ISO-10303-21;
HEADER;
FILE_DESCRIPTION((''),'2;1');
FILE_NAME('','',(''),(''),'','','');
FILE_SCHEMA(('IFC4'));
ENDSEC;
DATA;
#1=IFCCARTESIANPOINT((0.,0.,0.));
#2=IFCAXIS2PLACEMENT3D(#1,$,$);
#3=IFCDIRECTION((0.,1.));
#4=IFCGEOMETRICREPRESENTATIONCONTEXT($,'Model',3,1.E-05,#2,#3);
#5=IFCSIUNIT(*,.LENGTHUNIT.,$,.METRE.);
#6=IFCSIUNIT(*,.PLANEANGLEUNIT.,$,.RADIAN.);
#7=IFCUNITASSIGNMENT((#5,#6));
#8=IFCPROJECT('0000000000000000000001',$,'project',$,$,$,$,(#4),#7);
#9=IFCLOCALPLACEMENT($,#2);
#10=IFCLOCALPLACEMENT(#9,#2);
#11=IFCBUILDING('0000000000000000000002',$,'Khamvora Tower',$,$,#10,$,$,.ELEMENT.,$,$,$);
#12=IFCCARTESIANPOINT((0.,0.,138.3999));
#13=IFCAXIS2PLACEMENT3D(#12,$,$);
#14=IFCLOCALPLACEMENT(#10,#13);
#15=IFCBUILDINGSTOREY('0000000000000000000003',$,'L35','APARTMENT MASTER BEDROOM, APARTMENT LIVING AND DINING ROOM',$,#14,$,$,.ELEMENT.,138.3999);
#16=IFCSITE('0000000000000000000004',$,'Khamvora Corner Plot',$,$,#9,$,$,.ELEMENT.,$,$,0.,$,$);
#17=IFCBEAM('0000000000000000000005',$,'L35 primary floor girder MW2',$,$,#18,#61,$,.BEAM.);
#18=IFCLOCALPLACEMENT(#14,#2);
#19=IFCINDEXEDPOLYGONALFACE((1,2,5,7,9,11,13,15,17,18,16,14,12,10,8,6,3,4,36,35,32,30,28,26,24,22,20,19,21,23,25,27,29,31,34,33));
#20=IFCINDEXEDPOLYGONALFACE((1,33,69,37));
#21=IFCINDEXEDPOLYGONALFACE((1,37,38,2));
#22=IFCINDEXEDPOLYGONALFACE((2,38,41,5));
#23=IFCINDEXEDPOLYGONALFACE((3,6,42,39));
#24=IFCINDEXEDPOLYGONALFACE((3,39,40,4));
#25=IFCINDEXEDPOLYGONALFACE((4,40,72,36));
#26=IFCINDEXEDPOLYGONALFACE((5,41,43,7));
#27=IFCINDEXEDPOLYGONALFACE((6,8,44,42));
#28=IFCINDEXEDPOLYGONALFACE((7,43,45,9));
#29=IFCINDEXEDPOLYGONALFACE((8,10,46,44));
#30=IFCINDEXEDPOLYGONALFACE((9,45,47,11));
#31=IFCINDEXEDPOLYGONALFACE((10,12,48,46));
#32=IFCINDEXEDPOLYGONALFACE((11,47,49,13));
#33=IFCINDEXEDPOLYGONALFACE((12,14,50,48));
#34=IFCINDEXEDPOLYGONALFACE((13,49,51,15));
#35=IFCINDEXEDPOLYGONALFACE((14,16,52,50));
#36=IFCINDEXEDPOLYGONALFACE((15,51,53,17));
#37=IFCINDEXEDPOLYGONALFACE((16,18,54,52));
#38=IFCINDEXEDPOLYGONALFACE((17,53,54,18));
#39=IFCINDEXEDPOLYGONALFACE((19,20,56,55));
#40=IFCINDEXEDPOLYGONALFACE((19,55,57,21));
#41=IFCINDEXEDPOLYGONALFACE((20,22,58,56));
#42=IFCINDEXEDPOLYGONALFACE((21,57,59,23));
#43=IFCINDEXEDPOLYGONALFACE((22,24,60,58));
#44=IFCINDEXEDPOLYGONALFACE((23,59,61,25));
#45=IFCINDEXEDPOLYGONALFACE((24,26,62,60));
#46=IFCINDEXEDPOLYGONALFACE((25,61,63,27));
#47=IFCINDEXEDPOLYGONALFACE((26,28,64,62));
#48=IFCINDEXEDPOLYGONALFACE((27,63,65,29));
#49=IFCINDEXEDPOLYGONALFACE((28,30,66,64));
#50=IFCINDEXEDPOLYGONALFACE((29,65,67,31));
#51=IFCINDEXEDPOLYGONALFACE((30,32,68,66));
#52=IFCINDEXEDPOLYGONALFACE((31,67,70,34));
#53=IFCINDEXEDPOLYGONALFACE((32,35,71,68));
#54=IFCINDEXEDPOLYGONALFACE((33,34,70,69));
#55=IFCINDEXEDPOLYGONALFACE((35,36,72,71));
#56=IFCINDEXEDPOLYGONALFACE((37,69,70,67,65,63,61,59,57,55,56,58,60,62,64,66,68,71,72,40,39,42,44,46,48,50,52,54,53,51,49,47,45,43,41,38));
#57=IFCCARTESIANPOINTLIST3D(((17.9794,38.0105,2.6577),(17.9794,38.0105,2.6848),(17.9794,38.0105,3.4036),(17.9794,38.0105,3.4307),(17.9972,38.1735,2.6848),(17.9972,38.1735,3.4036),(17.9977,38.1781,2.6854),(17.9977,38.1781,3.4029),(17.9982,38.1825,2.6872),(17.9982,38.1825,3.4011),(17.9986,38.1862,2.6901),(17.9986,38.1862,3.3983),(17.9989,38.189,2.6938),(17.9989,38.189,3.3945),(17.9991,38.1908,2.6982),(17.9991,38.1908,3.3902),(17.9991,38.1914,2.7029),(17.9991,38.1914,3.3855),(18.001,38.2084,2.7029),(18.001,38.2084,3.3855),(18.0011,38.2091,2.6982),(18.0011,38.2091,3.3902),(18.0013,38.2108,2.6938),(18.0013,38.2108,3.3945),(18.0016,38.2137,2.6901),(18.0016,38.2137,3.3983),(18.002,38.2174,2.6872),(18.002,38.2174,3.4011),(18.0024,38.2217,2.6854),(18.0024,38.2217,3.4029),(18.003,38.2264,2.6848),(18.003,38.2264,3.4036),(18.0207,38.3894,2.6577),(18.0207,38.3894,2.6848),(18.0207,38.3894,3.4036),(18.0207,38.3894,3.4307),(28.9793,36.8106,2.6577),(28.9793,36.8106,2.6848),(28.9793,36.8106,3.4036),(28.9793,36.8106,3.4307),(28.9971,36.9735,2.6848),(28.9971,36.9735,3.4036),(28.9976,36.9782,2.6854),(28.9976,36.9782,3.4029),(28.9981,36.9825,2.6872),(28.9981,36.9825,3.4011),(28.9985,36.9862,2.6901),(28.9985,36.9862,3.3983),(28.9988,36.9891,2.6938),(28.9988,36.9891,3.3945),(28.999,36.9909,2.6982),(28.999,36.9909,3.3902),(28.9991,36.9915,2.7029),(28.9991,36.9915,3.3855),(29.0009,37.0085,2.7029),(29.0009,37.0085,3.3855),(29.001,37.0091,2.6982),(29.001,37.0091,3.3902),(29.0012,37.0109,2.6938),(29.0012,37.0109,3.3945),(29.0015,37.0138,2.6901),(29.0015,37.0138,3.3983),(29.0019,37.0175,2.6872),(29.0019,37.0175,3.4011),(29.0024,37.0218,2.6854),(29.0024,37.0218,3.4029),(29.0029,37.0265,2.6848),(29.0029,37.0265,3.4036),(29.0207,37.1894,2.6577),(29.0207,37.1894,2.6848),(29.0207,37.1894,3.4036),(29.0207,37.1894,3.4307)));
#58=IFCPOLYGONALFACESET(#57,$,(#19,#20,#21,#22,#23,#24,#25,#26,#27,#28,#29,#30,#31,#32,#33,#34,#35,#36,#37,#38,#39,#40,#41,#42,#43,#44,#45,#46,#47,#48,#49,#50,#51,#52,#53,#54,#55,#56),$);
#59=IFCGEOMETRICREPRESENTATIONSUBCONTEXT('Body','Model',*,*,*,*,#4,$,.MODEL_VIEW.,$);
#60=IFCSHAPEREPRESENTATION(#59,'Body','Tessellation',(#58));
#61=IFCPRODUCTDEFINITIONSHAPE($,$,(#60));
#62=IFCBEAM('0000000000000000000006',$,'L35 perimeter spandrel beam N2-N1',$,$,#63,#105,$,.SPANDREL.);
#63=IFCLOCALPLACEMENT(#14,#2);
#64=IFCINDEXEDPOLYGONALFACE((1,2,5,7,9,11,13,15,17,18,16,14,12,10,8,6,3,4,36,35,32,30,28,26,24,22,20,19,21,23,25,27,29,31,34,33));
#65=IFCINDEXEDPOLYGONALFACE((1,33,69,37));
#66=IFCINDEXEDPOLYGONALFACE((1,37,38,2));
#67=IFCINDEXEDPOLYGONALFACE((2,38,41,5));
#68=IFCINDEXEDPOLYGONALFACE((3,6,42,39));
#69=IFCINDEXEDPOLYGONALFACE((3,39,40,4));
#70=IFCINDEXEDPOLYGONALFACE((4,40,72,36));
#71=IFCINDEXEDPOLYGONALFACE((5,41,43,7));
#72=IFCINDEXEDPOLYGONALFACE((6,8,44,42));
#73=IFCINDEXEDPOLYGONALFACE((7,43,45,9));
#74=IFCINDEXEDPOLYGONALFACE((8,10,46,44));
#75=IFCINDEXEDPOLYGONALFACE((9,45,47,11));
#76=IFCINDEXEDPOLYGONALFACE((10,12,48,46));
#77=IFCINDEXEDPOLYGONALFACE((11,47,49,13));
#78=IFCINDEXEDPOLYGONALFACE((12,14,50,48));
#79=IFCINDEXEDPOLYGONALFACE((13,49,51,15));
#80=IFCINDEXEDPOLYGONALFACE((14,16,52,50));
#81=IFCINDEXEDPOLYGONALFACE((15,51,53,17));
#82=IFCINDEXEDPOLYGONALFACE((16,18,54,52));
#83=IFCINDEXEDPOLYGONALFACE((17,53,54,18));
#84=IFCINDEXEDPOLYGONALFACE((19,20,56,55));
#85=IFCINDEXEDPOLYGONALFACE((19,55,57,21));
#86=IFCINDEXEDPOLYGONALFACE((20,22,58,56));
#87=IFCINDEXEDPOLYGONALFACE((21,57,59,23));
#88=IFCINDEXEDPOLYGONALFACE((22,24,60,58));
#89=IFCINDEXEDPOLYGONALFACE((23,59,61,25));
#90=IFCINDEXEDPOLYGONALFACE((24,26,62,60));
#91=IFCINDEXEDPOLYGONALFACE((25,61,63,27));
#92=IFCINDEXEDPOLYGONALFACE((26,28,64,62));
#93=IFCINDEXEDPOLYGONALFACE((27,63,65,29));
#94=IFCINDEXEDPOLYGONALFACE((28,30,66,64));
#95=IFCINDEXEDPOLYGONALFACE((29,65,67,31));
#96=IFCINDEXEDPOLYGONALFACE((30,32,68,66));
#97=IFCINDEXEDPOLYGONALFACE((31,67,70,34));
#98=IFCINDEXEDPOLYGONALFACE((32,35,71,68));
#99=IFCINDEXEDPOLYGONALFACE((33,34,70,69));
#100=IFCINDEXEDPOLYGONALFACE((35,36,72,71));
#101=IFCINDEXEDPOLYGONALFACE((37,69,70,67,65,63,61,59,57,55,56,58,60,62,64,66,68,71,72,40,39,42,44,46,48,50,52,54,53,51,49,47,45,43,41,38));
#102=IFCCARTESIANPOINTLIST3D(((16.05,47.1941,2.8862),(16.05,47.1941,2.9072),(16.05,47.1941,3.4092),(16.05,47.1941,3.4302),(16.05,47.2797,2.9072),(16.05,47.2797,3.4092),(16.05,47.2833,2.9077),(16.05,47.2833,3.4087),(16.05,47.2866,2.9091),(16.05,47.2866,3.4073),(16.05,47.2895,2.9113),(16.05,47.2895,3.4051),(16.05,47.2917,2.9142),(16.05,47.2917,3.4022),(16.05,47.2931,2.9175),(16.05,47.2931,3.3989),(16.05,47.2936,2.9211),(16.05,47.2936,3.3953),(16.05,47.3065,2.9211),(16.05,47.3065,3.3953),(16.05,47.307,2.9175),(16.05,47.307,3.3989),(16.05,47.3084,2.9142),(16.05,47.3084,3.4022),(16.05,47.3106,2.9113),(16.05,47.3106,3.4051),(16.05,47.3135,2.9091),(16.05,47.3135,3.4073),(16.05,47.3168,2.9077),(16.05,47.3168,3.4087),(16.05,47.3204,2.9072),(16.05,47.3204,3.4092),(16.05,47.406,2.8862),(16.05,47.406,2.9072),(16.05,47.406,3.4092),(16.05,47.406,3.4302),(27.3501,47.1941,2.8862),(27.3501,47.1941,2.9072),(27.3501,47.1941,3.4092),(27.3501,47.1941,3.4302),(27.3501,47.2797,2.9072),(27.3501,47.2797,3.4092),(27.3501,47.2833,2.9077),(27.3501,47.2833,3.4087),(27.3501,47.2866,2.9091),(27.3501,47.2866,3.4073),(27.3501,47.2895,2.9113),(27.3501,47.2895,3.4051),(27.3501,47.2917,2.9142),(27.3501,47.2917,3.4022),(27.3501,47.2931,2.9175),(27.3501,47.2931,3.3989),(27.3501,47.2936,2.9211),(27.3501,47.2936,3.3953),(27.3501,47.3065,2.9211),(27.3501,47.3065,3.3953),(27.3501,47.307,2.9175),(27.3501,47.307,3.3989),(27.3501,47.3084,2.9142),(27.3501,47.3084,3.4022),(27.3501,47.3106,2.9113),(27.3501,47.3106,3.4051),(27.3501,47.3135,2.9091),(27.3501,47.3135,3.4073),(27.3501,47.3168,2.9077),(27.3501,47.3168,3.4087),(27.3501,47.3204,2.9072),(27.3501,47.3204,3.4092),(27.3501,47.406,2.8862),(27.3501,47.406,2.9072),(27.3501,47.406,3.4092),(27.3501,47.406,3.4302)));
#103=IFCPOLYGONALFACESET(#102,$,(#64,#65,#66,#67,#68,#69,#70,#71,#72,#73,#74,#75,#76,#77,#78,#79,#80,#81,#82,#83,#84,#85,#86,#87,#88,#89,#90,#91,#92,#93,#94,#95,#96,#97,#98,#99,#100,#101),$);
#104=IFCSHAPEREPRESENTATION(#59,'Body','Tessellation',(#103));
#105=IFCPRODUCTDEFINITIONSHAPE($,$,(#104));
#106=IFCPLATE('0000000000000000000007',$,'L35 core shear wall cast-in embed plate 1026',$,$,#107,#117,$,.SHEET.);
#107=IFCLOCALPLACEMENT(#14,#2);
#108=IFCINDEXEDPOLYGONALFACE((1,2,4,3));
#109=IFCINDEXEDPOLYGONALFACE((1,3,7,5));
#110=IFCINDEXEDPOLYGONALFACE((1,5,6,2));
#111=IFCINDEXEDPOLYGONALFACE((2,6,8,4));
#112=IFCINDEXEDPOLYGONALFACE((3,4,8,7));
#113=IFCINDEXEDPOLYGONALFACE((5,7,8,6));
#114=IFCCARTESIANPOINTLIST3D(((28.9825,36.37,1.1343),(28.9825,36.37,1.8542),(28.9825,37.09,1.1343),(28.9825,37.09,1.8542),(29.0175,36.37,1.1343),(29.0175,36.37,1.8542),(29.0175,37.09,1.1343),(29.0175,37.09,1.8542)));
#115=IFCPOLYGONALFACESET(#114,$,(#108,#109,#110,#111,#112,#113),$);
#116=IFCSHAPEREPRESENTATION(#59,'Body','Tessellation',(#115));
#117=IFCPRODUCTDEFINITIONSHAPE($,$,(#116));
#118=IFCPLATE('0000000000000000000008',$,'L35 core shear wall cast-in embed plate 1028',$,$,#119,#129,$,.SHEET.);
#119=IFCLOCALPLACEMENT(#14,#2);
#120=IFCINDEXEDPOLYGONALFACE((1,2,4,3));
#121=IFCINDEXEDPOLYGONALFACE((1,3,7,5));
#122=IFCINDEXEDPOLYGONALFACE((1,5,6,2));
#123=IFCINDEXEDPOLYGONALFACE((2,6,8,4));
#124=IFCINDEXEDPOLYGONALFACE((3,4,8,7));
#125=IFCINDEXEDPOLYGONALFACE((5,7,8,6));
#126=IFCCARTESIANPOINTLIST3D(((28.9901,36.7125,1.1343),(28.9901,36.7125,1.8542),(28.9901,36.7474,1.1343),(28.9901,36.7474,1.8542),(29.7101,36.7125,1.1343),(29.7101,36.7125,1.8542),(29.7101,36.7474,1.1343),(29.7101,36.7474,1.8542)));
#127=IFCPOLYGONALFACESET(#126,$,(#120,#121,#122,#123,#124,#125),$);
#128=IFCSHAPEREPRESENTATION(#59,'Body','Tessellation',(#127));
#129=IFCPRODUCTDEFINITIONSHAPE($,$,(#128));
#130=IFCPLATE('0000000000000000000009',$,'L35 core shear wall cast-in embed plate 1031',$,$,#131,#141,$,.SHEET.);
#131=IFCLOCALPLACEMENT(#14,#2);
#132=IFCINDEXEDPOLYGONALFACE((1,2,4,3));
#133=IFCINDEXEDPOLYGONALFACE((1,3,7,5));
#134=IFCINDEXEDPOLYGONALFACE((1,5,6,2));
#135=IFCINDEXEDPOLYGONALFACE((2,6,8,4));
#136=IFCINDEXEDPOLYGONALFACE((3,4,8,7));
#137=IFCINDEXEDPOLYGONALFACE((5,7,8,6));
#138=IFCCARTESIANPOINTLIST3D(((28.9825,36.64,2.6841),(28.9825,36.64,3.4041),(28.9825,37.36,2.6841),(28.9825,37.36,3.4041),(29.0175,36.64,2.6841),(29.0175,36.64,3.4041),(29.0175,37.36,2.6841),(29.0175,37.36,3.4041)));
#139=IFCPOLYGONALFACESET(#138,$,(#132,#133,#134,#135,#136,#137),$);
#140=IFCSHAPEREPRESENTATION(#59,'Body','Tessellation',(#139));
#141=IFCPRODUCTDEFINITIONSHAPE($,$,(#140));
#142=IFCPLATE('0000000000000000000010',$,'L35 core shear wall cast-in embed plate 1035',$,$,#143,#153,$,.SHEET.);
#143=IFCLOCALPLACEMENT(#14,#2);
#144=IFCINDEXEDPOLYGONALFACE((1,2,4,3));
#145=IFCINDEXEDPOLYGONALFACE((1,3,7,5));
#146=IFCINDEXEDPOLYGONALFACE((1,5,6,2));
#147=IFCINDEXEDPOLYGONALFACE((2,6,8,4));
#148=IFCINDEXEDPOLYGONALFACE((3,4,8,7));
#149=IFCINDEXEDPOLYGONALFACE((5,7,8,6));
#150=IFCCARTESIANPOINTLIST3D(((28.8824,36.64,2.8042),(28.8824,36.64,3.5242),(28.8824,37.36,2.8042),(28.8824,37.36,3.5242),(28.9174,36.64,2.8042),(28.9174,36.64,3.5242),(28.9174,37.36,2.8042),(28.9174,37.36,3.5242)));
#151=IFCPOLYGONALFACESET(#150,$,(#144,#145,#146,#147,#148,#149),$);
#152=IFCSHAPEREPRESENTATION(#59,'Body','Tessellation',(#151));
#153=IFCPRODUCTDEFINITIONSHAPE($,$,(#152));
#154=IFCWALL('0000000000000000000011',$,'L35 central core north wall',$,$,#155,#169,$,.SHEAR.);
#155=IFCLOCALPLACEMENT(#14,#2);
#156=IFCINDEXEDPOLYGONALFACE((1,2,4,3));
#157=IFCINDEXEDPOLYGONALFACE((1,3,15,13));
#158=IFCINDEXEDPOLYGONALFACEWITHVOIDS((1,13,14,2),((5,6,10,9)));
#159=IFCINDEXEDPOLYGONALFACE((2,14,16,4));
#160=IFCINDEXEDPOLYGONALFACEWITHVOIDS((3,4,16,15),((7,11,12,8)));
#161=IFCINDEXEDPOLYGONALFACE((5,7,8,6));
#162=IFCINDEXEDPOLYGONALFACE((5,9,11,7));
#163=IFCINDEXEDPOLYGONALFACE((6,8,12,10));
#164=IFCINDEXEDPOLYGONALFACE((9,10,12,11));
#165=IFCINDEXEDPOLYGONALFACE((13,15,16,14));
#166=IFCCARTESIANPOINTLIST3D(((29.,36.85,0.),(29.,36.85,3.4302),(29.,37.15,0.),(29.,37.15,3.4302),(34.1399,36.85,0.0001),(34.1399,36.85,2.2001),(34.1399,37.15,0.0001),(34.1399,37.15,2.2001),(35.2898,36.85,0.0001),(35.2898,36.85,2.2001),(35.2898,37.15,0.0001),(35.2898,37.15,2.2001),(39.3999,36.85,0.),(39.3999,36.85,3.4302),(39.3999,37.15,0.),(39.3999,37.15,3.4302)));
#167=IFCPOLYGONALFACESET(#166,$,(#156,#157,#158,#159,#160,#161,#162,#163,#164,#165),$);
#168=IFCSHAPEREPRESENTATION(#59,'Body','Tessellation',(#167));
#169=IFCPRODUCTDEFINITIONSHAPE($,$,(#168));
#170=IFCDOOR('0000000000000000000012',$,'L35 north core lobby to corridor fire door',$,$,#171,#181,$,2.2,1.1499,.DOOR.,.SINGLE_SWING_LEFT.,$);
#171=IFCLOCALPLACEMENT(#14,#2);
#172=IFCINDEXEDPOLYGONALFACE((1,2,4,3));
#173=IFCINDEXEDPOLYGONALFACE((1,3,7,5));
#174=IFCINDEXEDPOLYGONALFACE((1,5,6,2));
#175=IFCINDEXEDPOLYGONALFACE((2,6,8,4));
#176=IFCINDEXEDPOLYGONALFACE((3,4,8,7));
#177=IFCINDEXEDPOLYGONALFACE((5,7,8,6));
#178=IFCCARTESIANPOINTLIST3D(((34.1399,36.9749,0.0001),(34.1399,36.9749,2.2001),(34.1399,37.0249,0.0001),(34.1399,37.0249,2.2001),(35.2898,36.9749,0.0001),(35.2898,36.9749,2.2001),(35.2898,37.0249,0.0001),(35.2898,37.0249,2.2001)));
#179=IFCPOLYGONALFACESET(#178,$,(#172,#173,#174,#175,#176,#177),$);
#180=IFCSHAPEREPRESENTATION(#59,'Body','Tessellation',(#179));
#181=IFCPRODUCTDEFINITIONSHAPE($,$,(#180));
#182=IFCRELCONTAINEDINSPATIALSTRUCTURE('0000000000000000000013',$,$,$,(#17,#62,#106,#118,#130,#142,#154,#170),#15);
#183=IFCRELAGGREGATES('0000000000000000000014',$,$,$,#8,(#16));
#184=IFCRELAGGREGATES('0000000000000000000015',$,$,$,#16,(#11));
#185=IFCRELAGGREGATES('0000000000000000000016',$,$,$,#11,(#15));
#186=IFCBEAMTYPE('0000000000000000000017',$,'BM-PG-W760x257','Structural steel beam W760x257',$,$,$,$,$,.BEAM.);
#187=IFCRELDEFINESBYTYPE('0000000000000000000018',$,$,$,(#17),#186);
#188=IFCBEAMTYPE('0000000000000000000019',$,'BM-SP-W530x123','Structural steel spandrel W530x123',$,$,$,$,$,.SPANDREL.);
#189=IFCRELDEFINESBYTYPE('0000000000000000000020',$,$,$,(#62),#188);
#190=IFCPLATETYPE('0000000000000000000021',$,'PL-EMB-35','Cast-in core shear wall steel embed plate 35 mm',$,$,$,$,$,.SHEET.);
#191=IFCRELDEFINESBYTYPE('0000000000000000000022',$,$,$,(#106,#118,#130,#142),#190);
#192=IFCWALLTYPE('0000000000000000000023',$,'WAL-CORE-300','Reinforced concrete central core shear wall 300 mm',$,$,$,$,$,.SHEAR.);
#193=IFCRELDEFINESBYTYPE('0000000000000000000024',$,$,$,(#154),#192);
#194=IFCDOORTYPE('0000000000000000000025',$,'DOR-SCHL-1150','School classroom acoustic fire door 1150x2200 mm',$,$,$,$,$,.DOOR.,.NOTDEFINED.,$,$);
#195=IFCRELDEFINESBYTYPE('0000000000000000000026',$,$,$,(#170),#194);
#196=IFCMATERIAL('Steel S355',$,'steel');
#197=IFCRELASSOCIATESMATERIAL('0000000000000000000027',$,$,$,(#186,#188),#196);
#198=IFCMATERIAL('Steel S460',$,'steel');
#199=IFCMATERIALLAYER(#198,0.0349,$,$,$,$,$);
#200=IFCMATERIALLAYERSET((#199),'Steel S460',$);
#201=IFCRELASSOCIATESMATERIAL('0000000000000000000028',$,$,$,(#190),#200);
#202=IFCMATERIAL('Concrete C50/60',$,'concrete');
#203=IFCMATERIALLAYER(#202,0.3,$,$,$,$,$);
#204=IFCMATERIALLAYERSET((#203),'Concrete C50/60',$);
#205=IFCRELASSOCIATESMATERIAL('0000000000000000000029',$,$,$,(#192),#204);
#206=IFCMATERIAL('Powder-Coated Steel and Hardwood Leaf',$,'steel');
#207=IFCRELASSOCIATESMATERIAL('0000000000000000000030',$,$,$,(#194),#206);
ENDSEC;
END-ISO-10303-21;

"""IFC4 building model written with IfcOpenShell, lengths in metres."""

from ifc_helpers import new_model, si_unit, direction, frame, frame_2d, origin, origin_2d, place, context, subcontext, project, spatial, rectangle, i_section, extrude, material, layer, layer_set, material_profile, profile_set, type_object, element, fill, save


model = new_model("IFC4")

# Units and contexts
model_context = context("Model", 3, precision=1e-05, world=origin(), true_north=direction((0.0, 1.0)))
body_context = subcontext(model_context, "Body", "Model", "MODEL_VIEW")
ifc_project = project(units=[si_unit("LENGTHUNIT", "METRE"), si_unit("PLANEANGLEUNIT", "RADIAN")], contexts=[model_context])

# Site, building, storey
site_placement = place(None, origin())
site = spatial("IfcSite", under=ifc_project, at=site_placement, Name="Khamvora Corner Plot", CompositionType="ELEMENT", RefElevation=0.0)
building_placement = place(site_placement, origin())
building = spatial("IfcBuilding", under=site, at=building_placement, Name="Khamvora Tower", CompositionType="ELEMENT")
storey_placement = place(building_placement, frame((0.0, 0.0, 138.3999)))
storey = spatial("IfcBuildingStorey", under=building, at=storey_placement, Name="L35", Description="APARTMENT MASTER BEDROOM, APARTMENT LIVING AND DINING ROOM", CompositionType="ELEMENT", Elevation=138.3999)

# Shared definitions
ifc_material_1 = material(Name="Steel S460", Category="steel")
ifc_material_2 = material(Name="Steel S355", Category="steel")

# Beams
ifc_material_profile_1 = material_profile(ifc_material_2, i_section(OverallWidth=0.3811, OverallDepth=0.7729, WebThickness=0.0171, FlangeThickness=0.0271, FilletRadius=0.0181, at=origin_2d()), Name="W760x257")
ifc_profile_set_1 = profile_set([ifc_material_profile_1], Name="Steel S355")
beam_type_1 = type_object("IfcBeamType", Name="BM-PG-W760x257", Description="Structural steel beam W760x257", PredefinedType="BEAM", material=ifc_profile_set_1)
beam_1_placement = place(storey_placement, frame((29.0, 37.0, 3.0442), z_axis=(-0.994103, 0.108443, 0.0), x_axis=(-0.108443, -0.994103, 0.0)))
element("IfcBeam", 1, at=beam_1_placement, inside=storey, type_object=beam_type_1, Name="L35 primary floor girder MW2", PredefinedType="BEAM", context=body_context, shape_type="SweptSolid", body=[
    extrude(i_section(OverallWidth=0.3811, OverallDepth=0.7729, WebThickness=0.0171, FlangeThickness=0.0271, FilletRadius=0.0181, at=origin_2d()), origin(), (0.0, 0.0, 1.0), 11.0652),
])
ifc_material_profile_2 = material_profile(ifc_material_2, i_section(OverallWidth=0.2119, OverallDepth=0.5439, WebThickness=0.0129, FlangeThickness=0.021, FilletRadius=0.0139, at=origin_2d()), Name="W530x123")
ifc_profile_set_2 = profile_set([ifc_material_profile_2], Name="Steel S355")
beam_type_2 = type_object("IfcBeamType", Name="BM-SP-W530x123", Description="Structural steel spandrel W530x123", PredefinedType="SPANDREL", material=ifc_profile_set_2)
beam_2_placement = place(storey_placement, frame((27.3501, 47.3, 3.1582), z_axis=(-1.0, 0.0, 0.0), x_axis=(0.0, -1.0, 0.0)))
element("IfcBeam", 2, at=beam_2_placement, inside=storey, type_object=beam_type_2, Name="L35 perimeter spandrel beam N2-N1", PredefinedType="SPANDREL", context=body_context, shape_type="SweptSolid", body=[
    extrude(i_section(OverallWidth=0.2119, OverallDepth=0.5439, WebThickness=0.0129, FlangeThickness=0.021, FilletRadius=0.0139, at=origin_2d()), origin(), (0.0, 0.0, 1.0), 11.3),
])

# Plates
ifc_layer_1 = layer(ifc_material_1, 0.0349)
ifc_layer_set_1 = layer_set([ifc_layer_1], Name="Steel S460")
plate_type = type_object("IfcPlateType", Name="PL-EMB-35", Description="Cast-in core shear wall steel embed plate 35 mm", PredefinedType="SHEET", material=ifc_layer_set_1)
plate_1_placement = place(storey_placement, frame((29.0, 36.73, 1.1343), z_axis=(0.0, 0.0, 1.0), x_axis=(1.0, 0.0, 0.0)))
element("IfcPlate", 3, at=plate_1_placement, inside=storey, type_object=plate_type, Name="L35 core shear wall cast-in embed plate 1026", PredefinedType="SHEET", context=body_context, shape_type="SweptSolid", body=[
    extrude(rectangle(XDim=0.0349, YDim=0.72, at=origin_2d()), origin(), (0.0, 0.0, 1.0), 0.72),
])
plate_2_placement = place(storey_placement, frame((29.3501, 36.73, 1.1343), z_axis=(0.0, 0.0, 1.0), x_axis=(1.0, 0.0, 0.0)))
element("IfcPlate", 4, at=plate_2_placement, inside=storey, type_object=plate_type, Name="L35 core shear wall cast-in embed plate 1028", PredefinedType="SHEET", context=body_context, shape_type="SweptSolid", body=[
    extrude(rectangle(XDim=0.72, YDim=0.0349, at=origin_2d()), origin(), (0.0, 0.0, 1.0), 0.72),
])
for number, where, z_axis, x_axis, name in (
    (5, (29.0, 37.0, 2.6841), (0.0, 0.0, 1.0), (1.0, 0.0, 0.0), "L35 core shear wall cast-in embed plate 1031"),
    (6, (28.8999, 37.0, 2.8042), (0.0, 0.0, 1.0), (1.0, 0.0, 0.0), "L35 core shear wall cast-in embed plate 1035"),
):
    element("IfcPlate", number, at=place(storey_placement, frame(where, z_axis=z_axis, x_axis=x_axis)), inside=storey, type_object=plate_type, Name=name, PredefinedType="SHEET", context=body_context, shape_type="SweptSolid", body=[
        extrude(rectangle(XDim=0.0349, YDim=0.72, at=origin_2d()), origin(), (0.0, 0.0, 1.0), 0.72),
    ])

# Wall, opening, door
ifc_material_3 = material(Name="Concrete C50/60", Category="concrete")
ifc_layer_2 = layer(ifc_material_3, 0.3)
ifc_layer_set_2 = layer_set([ifc_layer_2], Name="Concrete C50/60")
wall_type_1 = type_object("IfcWallType", Name="WAL-CORE-300", Description="Reinforced concrete central core shear wall 300 mm", PredefinedType="SHEAR", material=ifc_layer_set_2)
wall_1_placement = place(storey_placement, frame((29.0, 37.0, 0.0), z_axis=(0.0, 0.0, 1.0), x_axis=(1.0, 0.0, 0.0)))
wall_1 = element("IfcWall", 7, at=wall_1_placement, inside=storey, type_object=wall_type_1, Name="L35 central core north wall", PredefinedType="SHEAR", context=body_context, shape_type="SweptSolid", body=[
    extrude(rectangle(XDim=10.3999, YDim=0.3, at=frame_2d((5.2, 0.0))), origin(), (0.0, 0.0, 1.0), 3.4302),
])
opening_1_placement = place(wall_1_placement, frame((5.1399, 0.0, 0.0)))
opening_1 = element("IfcOpeningElement", 8, at=opening_1_placement, cuts=wall_1, PredefinedType="OPENING", context=body_context, shape_type="SweptSolid", body=[
    extrude(rectangle(XDim=1.1499, YDim=2.2, at=frame_2d((0.575, 1.1001))), frame((0.0, 0.1599, 0.0), z_axis=(0.0, -1.0, 0.0), x_axis=(1.0, 0.0, 0.0)), (0.0, 0.0, 1.0), 0.3201),
])
ifc_material_4 = material(Name="Powder-Coated Steel and Hardwood Leaf", Category="steel")
door_type_1 = type_object("IfcDoorType", Name="DOR-SCHL-1150", Description="School classroom acoustic fire door 1150x2200 mm", OperationType="NOTDEFINED", PredefinedType="DOOR", material=ifc_material_4)
door_1_placement = place(opening_1_placement, origin())
door_1 = element("IfcDoor", 9, at=door_1_placement, inside=storey, type_object=door_type_1, Name="L35 north core lobby to corridor fire door", OperationType="SINGLE_SWING_LEFT", OverallHeight=2.2, OverallWidth=1.1499, PredefinedType="DOOR", context=body_context, shape_type="SweptSolid", body=[
    extrude(rectangle(XDim=1.1499, YDim=2.2, at=frame_2d((0.575, 1.1001))), frame((0.0, 0.0249, 0.0), z_axis=(0.0, -1.0, 0.0), x_axis=(1.0, 0.0, 0.0)), (0.0, 0.0, 1.0), 0.05),
])
fill(opening_1, door_1)

save(model, "model.ifc")
